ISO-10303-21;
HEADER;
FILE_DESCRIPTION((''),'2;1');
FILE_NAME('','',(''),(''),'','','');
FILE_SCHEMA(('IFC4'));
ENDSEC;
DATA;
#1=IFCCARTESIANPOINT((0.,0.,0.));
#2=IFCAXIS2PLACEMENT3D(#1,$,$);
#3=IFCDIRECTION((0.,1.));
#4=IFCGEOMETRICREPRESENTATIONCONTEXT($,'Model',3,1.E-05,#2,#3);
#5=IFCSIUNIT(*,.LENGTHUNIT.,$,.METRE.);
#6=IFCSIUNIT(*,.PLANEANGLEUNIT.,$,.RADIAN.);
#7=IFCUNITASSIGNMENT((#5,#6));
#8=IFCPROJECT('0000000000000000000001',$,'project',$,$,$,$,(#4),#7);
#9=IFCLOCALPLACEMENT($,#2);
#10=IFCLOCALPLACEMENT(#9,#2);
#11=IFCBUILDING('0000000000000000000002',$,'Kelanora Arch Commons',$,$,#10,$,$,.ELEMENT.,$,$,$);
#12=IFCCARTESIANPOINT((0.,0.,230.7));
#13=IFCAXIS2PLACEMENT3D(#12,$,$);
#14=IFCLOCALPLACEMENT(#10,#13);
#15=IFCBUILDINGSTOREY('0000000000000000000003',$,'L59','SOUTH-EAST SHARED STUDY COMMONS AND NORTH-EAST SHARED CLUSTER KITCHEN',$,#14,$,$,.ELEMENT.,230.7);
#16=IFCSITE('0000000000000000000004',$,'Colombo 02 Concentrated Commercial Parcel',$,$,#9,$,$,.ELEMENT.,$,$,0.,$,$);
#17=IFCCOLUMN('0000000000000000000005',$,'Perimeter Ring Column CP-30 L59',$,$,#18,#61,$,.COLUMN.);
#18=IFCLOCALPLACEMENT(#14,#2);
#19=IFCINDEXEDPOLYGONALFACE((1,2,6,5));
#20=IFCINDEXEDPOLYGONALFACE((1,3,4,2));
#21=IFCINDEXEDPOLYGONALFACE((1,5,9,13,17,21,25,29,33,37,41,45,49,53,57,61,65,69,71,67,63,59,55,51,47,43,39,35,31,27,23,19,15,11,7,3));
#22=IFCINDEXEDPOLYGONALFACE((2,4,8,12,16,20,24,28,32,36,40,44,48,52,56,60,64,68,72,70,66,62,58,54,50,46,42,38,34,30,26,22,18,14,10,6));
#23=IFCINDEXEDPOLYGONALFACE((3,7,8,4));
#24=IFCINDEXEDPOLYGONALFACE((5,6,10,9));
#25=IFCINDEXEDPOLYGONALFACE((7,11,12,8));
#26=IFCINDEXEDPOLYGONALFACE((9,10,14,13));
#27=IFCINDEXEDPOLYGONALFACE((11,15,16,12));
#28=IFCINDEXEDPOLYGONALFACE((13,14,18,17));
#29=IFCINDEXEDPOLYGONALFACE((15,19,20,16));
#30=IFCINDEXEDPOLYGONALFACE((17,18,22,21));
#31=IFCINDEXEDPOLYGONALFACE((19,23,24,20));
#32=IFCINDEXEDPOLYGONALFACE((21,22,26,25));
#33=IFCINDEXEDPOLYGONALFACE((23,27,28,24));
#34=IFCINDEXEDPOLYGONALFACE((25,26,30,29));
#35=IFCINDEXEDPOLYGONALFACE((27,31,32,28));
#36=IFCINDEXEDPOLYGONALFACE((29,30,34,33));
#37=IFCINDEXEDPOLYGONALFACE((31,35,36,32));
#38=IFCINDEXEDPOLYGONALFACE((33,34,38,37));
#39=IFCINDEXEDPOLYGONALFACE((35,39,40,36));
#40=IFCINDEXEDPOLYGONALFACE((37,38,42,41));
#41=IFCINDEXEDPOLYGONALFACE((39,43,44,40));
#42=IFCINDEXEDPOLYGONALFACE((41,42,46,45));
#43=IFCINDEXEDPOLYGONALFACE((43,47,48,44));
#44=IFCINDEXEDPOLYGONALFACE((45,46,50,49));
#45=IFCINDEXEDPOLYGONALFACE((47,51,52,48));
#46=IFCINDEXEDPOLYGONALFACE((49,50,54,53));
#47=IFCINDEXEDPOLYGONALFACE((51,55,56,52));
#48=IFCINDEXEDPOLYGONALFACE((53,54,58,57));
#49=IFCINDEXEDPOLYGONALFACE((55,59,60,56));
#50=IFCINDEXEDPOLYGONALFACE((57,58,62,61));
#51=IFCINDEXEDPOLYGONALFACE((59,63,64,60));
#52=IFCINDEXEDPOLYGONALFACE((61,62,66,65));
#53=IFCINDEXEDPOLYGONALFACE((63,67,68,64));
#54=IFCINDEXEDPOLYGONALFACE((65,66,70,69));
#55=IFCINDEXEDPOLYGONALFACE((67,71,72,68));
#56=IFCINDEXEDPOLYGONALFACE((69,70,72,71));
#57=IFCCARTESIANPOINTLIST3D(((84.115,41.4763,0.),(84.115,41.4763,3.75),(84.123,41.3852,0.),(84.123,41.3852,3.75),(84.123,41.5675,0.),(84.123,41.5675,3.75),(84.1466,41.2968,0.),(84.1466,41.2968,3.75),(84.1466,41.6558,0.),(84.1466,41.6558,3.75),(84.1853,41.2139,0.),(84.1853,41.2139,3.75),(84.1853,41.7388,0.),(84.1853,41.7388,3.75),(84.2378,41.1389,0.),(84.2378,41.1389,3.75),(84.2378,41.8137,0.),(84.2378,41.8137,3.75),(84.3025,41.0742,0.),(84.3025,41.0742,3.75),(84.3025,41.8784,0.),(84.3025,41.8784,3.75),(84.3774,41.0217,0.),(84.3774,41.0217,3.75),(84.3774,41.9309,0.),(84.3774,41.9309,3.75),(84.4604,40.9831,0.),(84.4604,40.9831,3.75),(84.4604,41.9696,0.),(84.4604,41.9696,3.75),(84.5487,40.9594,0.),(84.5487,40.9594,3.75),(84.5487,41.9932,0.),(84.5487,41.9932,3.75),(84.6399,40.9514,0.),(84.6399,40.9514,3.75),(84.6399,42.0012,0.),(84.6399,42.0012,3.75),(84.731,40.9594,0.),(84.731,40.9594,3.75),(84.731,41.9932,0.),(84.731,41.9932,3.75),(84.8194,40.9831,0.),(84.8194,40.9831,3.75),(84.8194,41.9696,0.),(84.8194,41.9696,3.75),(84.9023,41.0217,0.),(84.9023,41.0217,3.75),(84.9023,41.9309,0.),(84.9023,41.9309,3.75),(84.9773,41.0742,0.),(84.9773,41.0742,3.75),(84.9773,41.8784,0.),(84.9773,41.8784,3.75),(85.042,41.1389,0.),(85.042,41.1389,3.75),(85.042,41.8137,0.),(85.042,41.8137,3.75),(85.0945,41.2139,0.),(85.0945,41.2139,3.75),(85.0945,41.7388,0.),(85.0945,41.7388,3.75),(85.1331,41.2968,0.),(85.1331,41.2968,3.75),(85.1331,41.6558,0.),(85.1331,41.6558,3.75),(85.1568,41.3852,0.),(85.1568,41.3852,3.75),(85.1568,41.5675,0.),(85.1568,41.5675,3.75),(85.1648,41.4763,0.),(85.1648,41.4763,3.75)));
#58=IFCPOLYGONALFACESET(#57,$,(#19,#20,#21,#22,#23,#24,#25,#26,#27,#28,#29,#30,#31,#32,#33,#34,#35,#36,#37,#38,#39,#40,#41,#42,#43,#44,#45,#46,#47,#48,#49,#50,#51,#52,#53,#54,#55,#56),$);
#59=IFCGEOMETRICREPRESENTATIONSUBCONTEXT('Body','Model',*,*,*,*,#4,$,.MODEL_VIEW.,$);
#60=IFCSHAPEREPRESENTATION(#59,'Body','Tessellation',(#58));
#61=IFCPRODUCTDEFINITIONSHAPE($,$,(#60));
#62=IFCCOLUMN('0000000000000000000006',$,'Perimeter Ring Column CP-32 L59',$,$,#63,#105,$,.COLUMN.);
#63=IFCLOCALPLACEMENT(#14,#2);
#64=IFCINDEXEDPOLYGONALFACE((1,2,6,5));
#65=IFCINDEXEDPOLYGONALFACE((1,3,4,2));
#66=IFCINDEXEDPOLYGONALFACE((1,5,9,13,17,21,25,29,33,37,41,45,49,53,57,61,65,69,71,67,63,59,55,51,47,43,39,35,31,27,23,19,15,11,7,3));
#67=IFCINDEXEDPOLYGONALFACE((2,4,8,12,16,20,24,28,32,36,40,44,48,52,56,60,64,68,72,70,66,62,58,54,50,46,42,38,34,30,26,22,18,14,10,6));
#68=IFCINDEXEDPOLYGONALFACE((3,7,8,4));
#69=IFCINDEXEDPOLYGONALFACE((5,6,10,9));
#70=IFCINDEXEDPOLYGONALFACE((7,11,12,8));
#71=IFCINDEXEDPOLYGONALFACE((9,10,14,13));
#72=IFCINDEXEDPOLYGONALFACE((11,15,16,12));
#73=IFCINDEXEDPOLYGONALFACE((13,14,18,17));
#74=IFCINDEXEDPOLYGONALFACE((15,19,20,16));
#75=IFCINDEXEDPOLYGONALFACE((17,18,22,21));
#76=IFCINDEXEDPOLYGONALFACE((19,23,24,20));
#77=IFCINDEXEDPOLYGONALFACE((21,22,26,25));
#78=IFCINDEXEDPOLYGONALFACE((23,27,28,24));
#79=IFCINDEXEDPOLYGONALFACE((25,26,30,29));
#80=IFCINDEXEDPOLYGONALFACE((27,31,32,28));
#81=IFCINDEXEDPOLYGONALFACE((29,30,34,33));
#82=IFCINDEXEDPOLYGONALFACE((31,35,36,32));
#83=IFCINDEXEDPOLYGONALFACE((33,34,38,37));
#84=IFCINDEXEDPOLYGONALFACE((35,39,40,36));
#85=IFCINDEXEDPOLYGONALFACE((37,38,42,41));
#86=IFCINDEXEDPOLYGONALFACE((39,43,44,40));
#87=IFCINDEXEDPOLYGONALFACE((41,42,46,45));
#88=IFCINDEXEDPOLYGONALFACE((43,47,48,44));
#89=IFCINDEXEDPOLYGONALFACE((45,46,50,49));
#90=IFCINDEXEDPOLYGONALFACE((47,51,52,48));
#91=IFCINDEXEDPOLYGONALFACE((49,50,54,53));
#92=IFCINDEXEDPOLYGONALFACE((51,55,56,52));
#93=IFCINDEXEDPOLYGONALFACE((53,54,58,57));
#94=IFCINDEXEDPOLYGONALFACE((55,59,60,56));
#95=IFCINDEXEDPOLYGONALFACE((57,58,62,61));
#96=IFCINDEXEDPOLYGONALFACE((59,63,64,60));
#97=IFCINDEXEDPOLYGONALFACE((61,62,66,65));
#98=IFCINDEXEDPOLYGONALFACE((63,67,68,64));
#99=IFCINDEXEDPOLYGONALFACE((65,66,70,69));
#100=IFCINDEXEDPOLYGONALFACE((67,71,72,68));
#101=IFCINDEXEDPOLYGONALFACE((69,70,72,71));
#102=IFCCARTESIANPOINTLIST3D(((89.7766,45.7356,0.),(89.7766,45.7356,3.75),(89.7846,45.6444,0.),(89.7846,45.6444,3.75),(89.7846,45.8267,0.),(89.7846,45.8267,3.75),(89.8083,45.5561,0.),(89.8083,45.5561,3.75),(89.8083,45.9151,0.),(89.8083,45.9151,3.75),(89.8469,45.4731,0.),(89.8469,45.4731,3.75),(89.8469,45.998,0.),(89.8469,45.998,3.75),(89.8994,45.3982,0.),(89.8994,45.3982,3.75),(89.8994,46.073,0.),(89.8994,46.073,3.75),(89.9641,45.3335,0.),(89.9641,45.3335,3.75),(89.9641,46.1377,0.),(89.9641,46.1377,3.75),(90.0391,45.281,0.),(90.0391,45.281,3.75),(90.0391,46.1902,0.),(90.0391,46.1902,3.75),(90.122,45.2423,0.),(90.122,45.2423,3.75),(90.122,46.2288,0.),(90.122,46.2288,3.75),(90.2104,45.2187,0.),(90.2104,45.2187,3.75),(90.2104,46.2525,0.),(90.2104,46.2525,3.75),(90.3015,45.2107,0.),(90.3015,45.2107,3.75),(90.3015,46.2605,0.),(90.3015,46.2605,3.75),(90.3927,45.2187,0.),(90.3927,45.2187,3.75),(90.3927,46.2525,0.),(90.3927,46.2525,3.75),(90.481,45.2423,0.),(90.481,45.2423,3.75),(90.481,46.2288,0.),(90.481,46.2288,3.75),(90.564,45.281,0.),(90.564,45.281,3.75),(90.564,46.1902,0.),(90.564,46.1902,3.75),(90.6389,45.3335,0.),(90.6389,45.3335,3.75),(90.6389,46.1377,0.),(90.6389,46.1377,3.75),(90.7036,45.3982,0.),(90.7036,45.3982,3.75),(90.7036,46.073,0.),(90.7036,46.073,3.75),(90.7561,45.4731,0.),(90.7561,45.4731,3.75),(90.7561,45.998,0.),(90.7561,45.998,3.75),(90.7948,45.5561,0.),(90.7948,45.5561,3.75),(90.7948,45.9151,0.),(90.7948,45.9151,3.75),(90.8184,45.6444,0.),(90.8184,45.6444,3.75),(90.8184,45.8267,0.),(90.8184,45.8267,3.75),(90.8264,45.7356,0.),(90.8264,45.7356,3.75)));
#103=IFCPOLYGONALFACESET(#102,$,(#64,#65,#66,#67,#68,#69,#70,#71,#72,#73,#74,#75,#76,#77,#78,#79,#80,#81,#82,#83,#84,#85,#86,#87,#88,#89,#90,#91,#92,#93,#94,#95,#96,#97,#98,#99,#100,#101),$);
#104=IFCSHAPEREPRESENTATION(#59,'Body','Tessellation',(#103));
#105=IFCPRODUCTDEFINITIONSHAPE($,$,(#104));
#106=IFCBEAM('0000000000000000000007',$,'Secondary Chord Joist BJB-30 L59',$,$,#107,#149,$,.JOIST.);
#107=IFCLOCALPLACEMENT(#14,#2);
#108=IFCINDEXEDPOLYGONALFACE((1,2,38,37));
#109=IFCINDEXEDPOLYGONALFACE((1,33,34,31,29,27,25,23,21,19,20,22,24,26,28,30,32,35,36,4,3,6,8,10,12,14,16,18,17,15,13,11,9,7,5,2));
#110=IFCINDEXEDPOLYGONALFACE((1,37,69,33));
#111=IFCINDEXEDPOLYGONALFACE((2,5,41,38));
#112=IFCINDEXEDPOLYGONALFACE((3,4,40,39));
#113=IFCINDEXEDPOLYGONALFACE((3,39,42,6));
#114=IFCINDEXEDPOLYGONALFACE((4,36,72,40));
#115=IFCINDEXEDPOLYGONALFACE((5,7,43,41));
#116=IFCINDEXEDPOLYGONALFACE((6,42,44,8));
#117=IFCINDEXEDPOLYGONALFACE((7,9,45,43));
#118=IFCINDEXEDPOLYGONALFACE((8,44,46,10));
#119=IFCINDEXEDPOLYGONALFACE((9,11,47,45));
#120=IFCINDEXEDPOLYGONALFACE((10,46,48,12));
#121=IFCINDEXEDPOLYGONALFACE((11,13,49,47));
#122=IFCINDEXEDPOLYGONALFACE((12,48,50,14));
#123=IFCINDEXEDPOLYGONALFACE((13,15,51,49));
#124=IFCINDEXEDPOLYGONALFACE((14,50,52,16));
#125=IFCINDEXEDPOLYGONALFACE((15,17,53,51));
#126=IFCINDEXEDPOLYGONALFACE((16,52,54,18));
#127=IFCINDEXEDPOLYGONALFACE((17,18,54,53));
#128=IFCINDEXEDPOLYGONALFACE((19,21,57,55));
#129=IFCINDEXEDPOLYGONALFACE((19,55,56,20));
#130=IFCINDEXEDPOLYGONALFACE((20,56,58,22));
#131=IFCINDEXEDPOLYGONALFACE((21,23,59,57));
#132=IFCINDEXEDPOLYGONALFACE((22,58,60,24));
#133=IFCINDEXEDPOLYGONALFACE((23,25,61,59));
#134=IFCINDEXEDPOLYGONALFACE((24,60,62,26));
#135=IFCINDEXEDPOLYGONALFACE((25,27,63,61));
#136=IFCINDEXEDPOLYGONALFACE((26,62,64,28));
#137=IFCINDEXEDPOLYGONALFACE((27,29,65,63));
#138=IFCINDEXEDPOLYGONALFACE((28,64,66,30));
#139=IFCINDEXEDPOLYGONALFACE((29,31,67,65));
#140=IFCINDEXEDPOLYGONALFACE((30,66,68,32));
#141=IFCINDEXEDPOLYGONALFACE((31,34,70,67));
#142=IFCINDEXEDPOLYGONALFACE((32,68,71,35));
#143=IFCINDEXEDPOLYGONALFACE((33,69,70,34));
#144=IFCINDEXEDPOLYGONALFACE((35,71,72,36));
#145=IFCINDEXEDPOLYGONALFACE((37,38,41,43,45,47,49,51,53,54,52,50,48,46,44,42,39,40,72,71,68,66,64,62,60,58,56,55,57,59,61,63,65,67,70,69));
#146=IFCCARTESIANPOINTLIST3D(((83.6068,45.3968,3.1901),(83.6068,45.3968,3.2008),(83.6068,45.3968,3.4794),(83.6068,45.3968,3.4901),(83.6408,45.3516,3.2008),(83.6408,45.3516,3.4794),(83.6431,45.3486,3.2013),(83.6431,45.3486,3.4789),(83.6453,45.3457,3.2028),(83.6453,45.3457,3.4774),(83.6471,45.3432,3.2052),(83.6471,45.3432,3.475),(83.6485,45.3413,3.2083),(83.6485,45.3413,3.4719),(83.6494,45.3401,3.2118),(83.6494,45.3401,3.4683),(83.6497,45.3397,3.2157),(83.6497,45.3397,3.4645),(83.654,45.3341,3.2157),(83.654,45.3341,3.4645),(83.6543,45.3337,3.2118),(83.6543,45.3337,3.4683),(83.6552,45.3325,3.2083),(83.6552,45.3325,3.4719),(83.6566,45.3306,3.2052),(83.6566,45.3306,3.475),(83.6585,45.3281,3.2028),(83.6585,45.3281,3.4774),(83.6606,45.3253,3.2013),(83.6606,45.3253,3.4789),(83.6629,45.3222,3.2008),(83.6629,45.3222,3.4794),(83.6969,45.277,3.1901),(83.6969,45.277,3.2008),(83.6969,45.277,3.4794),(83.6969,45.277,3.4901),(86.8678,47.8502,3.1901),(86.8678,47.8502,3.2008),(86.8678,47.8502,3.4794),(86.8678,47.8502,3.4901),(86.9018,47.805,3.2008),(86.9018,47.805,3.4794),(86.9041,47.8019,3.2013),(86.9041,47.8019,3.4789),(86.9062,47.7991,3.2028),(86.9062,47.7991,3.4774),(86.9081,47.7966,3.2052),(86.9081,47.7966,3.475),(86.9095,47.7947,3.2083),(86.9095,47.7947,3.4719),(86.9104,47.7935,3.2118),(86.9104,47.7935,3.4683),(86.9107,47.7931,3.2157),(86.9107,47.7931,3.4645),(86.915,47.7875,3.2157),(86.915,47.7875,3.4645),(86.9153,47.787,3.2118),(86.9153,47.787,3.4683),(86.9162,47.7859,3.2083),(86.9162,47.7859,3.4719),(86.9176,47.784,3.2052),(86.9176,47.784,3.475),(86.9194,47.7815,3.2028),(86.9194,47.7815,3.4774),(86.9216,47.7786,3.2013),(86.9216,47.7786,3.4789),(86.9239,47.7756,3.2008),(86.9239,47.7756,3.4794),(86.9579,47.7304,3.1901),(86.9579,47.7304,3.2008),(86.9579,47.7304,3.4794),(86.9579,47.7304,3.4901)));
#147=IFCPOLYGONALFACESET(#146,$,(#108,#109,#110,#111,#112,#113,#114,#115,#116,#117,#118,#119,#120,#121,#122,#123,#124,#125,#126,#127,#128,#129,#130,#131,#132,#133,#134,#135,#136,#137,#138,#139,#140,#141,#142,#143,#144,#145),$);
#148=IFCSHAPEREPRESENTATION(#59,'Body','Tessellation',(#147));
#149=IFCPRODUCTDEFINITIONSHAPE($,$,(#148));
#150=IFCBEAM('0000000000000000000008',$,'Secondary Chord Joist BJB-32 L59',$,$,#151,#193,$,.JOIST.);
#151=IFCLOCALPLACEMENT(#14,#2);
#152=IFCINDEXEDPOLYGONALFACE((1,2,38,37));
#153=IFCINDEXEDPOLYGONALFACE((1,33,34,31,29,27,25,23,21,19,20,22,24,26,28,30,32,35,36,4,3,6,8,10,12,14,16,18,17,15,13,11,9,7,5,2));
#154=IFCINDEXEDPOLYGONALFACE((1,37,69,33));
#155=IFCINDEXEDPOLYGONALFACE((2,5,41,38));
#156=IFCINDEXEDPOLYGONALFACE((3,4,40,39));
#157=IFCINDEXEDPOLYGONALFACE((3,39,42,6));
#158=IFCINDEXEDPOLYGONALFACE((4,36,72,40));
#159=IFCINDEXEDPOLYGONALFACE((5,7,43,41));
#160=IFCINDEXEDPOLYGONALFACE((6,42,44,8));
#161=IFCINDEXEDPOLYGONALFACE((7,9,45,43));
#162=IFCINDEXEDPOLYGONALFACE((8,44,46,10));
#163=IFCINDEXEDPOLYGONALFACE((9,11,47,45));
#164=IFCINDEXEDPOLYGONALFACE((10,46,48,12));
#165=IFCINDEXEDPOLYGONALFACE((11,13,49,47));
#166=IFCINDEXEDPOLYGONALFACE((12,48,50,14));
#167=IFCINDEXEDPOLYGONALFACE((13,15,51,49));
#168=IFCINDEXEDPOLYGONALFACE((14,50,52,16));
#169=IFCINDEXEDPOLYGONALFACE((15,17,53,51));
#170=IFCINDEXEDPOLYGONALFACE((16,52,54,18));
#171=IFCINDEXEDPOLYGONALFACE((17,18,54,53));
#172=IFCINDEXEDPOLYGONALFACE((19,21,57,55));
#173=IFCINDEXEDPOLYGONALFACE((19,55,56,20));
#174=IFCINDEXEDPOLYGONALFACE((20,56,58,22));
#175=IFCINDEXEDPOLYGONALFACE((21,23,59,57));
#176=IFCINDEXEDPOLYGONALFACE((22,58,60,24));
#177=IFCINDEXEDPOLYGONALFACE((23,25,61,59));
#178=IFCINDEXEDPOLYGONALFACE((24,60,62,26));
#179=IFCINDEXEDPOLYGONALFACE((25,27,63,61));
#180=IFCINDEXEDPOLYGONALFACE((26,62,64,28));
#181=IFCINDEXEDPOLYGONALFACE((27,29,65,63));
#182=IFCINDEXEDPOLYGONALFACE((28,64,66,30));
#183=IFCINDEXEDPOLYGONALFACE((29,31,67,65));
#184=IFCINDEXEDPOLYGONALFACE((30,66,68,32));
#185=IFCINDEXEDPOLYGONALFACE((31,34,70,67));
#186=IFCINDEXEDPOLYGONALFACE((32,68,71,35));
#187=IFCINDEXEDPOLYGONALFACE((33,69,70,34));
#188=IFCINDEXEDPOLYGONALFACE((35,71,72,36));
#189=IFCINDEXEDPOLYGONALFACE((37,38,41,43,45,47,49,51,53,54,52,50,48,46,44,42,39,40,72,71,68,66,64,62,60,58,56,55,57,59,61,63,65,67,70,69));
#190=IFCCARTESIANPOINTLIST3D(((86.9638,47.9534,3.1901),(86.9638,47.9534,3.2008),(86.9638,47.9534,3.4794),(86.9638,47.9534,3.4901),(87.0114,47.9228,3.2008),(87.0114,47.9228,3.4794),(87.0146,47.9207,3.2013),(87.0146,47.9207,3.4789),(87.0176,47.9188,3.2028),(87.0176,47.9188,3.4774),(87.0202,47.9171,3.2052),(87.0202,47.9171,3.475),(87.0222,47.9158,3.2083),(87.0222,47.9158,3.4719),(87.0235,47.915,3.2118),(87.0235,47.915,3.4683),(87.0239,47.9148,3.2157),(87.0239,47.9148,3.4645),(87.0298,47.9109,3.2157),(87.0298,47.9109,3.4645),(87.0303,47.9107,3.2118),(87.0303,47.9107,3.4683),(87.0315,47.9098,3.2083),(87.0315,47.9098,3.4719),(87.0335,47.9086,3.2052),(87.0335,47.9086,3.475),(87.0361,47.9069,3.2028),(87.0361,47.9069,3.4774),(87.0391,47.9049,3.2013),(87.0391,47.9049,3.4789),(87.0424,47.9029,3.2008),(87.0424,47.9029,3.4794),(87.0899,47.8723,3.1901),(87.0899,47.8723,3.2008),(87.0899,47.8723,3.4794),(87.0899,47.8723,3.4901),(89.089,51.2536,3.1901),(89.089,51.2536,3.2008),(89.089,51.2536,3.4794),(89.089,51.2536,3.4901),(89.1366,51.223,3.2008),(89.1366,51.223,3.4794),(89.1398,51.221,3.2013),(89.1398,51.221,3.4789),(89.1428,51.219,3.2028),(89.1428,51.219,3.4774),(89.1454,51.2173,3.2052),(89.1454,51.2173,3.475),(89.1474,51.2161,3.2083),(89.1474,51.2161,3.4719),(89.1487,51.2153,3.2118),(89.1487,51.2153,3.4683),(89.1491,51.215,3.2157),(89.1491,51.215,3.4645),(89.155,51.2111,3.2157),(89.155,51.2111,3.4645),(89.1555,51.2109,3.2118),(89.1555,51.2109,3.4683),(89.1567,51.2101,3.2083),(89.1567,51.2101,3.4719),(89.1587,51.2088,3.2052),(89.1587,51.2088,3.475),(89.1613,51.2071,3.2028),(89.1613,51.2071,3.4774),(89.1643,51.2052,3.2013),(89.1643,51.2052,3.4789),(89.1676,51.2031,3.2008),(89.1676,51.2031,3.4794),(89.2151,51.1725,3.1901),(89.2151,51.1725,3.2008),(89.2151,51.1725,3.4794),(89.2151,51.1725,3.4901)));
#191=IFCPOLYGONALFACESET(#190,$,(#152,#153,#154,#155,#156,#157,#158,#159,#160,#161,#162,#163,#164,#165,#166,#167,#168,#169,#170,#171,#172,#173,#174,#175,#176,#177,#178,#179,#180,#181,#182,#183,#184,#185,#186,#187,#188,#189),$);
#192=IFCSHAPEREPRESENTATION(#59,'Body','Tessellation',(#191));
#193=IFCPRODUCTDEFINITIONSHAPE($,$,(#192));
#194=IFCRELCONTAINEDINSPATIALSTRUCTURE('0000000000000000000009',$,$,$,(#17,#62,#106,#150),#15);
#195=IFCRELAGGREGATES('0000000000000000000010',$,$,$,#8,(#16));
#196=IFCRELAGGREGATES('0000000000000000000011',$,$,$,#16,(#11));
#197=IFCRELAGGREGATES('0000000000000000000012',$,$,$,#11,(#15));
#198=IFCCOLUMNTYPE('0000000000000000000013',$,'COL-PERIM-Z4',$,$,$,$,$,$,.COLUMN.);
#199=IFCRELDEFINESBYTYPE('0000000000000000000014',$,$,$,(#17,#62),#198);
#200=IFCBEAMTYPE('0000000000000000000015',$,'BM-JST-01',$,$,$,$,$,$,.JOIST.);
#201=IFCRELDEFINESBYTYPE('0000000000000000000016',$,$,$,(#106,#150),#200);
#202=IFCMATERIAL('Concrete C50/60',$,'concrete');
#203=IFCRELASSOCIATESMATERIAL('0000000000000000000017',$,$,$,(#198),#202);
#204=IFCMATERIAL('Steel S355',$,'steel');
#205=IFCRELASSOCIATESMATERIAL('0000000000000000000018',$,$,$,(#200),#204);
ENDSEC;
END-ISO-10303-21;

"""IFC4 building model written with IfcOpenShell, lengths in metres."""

from ifc_helpers import new_model, si_unit, direction, frame, origin, origin_2d, place, context, subcontext, project, spatial, circle, i_section, extrude, material, material_profile, profile_set, type_object, element, save


model = new_model("IFC4")

# Units and contexts
model_context = context("Model", 3, precision=1e-05, world=origin(), true_north=direction((0.0, 1.0)))
body_context = subcontext(model_context, "Body", "Model", "MODEL_VIEW")
ifc_project = project(units=[si_unit("LENGTHUNIT", "METRE"), si_unit("PLANEANGLEUNIT", "RADIAN")], contexts=[model_context])

# Site, building, storey
site_placement = place(None, origin())
site = spatial("IfcSite", under=ifc_project, at=site_placement, Name="Colombo 02 Concentrated Commercial Parcel", CompositionType="ELEMENT", RefElevation=0.0)
building_placement = place(site_placement, origin())
building = spatial("IfcBuilding", under=site, at=building_placement, Name="Kelanora Arch Commons", CompositionType="ELEMENT")
storey_placement = place(building_placement, frame((0.0, 0.0, 230.7)))
storey = spatial("IfcBuildingStorey", under=building, at=storey_placement, Name="L59", Description="SOUTH-EAST SHARED STUDY COMMONS AND NORTH-EAST SHARED CLUSTER KITCHEN", CompositionType="ELEMENT", Elevation=230.7)

# Columns
ifc_material_1 = material(Name="Concrete C50/60", Category="concrete")
ifc_material_profile_1 = material_profile(ifc_material_1, circle(Radius=0.5249, at=origin_2d()), Name="RCC1050")
ifc_profile_set_1 = profile_set([ifc_material_profile_1], Name="Concrete C50/60")
column_type = type_object("IfcColumnType", Name="COL-PERIM-Z4", PredefinedType="COLUMN", material=ifc_profile_set_1)
for number, where, z_axis, x_axis, name in (
    (1, (84.6399, 41.4763, 0.0), (0.0, 0.0, 1.0), (1.0, 0.0, 0.0), "Perimeter Ring Column CP-30 L59"),
    (2, (90.3015, 45.7356, 0.0), (0.0, 0.0, 1.0), (1.0, 0.0, 0.0), "Perimeter Ring Column CP-32 L59"),
):
    element("IfcColumn", number, at=place(storey_placement, frame(where, z_axis=z_axis, x_axis=x_axis)), inside=storey, type_object=column_type, Name=name, PredefinedType="COLUMN", context=body_context, shape_type="SweptSolid", body=[
        extrude(circle(Radius=0.5249, at=origin_2d()), origin(), (0.0, 0.0, 1.0), 3.75),
    ])

# Beams
ifc_material_2 = material(Name="Steel S355", Category="steel")
ifc_material_profile_2 = material_profile(ifc_material_2, i_section(OverallWidth=0.1499, OverallDepth=0.3, WebThickness=0.0071, FlangeThickness=0.0107, FilletRadius=0.0149, at=origin_2d()), Name="IPE300")
ifc_profile_set_2 = profile_set([ifc_material_profile_2], Name="Steel S355")
beam_type_1 = type_object("IfcBeamType", Name="BM-JST-01", PredefinedType="JOIST", material=ifc_profile_set_2)
beam_1_placement = place(storey_placement, frame((83.6519, 45.3369, 3.3401), z_axis=(0.799102, 0.601196, 0.0), x_axis=(-0.601196, 0.799102, 0.0)))
element("IfcBeam", 3, at=beam_1_placement, inside=storey, type_object=beam_type_1, Name="Secondary Chord Joist BJB-30 L59", PredefinedType="JOIST", context=body_context, shape_type="SweptSolid", body=[
    extrude(i_section(OverallWidth=0.1499, OverallDepth=0.3, WebThickness=0.0071, FlangeThickness=0.0107, FilletRadius=0.0149, at=origin_2d()), origin(), (0.0, 0.0, 1.0), 4.0808),
])
beam_2_placement = place(storey_placement, frame((87.0269, 47.9128, 3.3401), z_axis=(0.541411, 0.840758, 0.0), x_axis=(-0.840758, 0.541411, 0.0)))
element("IfcBeam", 4, at=beam_2_placement, inside=storey, type_object=beam_type_1, Name="Secondary Chord Joist BJB-32 L59", PredefinedType="JOIST", context=body_context, shape_type="SweptSolid", body=[
    extrude(i_section(OverallWidth=0.1499, OverallDepth=0.3, WebThickness=0.0071, FlangeThickness=0.0107, FilletRadius=0.0149, at=origin_2d()), origin(), (0.0, 0.0, 1.0), 3.9253),
])

save(model, "model.ifc")
